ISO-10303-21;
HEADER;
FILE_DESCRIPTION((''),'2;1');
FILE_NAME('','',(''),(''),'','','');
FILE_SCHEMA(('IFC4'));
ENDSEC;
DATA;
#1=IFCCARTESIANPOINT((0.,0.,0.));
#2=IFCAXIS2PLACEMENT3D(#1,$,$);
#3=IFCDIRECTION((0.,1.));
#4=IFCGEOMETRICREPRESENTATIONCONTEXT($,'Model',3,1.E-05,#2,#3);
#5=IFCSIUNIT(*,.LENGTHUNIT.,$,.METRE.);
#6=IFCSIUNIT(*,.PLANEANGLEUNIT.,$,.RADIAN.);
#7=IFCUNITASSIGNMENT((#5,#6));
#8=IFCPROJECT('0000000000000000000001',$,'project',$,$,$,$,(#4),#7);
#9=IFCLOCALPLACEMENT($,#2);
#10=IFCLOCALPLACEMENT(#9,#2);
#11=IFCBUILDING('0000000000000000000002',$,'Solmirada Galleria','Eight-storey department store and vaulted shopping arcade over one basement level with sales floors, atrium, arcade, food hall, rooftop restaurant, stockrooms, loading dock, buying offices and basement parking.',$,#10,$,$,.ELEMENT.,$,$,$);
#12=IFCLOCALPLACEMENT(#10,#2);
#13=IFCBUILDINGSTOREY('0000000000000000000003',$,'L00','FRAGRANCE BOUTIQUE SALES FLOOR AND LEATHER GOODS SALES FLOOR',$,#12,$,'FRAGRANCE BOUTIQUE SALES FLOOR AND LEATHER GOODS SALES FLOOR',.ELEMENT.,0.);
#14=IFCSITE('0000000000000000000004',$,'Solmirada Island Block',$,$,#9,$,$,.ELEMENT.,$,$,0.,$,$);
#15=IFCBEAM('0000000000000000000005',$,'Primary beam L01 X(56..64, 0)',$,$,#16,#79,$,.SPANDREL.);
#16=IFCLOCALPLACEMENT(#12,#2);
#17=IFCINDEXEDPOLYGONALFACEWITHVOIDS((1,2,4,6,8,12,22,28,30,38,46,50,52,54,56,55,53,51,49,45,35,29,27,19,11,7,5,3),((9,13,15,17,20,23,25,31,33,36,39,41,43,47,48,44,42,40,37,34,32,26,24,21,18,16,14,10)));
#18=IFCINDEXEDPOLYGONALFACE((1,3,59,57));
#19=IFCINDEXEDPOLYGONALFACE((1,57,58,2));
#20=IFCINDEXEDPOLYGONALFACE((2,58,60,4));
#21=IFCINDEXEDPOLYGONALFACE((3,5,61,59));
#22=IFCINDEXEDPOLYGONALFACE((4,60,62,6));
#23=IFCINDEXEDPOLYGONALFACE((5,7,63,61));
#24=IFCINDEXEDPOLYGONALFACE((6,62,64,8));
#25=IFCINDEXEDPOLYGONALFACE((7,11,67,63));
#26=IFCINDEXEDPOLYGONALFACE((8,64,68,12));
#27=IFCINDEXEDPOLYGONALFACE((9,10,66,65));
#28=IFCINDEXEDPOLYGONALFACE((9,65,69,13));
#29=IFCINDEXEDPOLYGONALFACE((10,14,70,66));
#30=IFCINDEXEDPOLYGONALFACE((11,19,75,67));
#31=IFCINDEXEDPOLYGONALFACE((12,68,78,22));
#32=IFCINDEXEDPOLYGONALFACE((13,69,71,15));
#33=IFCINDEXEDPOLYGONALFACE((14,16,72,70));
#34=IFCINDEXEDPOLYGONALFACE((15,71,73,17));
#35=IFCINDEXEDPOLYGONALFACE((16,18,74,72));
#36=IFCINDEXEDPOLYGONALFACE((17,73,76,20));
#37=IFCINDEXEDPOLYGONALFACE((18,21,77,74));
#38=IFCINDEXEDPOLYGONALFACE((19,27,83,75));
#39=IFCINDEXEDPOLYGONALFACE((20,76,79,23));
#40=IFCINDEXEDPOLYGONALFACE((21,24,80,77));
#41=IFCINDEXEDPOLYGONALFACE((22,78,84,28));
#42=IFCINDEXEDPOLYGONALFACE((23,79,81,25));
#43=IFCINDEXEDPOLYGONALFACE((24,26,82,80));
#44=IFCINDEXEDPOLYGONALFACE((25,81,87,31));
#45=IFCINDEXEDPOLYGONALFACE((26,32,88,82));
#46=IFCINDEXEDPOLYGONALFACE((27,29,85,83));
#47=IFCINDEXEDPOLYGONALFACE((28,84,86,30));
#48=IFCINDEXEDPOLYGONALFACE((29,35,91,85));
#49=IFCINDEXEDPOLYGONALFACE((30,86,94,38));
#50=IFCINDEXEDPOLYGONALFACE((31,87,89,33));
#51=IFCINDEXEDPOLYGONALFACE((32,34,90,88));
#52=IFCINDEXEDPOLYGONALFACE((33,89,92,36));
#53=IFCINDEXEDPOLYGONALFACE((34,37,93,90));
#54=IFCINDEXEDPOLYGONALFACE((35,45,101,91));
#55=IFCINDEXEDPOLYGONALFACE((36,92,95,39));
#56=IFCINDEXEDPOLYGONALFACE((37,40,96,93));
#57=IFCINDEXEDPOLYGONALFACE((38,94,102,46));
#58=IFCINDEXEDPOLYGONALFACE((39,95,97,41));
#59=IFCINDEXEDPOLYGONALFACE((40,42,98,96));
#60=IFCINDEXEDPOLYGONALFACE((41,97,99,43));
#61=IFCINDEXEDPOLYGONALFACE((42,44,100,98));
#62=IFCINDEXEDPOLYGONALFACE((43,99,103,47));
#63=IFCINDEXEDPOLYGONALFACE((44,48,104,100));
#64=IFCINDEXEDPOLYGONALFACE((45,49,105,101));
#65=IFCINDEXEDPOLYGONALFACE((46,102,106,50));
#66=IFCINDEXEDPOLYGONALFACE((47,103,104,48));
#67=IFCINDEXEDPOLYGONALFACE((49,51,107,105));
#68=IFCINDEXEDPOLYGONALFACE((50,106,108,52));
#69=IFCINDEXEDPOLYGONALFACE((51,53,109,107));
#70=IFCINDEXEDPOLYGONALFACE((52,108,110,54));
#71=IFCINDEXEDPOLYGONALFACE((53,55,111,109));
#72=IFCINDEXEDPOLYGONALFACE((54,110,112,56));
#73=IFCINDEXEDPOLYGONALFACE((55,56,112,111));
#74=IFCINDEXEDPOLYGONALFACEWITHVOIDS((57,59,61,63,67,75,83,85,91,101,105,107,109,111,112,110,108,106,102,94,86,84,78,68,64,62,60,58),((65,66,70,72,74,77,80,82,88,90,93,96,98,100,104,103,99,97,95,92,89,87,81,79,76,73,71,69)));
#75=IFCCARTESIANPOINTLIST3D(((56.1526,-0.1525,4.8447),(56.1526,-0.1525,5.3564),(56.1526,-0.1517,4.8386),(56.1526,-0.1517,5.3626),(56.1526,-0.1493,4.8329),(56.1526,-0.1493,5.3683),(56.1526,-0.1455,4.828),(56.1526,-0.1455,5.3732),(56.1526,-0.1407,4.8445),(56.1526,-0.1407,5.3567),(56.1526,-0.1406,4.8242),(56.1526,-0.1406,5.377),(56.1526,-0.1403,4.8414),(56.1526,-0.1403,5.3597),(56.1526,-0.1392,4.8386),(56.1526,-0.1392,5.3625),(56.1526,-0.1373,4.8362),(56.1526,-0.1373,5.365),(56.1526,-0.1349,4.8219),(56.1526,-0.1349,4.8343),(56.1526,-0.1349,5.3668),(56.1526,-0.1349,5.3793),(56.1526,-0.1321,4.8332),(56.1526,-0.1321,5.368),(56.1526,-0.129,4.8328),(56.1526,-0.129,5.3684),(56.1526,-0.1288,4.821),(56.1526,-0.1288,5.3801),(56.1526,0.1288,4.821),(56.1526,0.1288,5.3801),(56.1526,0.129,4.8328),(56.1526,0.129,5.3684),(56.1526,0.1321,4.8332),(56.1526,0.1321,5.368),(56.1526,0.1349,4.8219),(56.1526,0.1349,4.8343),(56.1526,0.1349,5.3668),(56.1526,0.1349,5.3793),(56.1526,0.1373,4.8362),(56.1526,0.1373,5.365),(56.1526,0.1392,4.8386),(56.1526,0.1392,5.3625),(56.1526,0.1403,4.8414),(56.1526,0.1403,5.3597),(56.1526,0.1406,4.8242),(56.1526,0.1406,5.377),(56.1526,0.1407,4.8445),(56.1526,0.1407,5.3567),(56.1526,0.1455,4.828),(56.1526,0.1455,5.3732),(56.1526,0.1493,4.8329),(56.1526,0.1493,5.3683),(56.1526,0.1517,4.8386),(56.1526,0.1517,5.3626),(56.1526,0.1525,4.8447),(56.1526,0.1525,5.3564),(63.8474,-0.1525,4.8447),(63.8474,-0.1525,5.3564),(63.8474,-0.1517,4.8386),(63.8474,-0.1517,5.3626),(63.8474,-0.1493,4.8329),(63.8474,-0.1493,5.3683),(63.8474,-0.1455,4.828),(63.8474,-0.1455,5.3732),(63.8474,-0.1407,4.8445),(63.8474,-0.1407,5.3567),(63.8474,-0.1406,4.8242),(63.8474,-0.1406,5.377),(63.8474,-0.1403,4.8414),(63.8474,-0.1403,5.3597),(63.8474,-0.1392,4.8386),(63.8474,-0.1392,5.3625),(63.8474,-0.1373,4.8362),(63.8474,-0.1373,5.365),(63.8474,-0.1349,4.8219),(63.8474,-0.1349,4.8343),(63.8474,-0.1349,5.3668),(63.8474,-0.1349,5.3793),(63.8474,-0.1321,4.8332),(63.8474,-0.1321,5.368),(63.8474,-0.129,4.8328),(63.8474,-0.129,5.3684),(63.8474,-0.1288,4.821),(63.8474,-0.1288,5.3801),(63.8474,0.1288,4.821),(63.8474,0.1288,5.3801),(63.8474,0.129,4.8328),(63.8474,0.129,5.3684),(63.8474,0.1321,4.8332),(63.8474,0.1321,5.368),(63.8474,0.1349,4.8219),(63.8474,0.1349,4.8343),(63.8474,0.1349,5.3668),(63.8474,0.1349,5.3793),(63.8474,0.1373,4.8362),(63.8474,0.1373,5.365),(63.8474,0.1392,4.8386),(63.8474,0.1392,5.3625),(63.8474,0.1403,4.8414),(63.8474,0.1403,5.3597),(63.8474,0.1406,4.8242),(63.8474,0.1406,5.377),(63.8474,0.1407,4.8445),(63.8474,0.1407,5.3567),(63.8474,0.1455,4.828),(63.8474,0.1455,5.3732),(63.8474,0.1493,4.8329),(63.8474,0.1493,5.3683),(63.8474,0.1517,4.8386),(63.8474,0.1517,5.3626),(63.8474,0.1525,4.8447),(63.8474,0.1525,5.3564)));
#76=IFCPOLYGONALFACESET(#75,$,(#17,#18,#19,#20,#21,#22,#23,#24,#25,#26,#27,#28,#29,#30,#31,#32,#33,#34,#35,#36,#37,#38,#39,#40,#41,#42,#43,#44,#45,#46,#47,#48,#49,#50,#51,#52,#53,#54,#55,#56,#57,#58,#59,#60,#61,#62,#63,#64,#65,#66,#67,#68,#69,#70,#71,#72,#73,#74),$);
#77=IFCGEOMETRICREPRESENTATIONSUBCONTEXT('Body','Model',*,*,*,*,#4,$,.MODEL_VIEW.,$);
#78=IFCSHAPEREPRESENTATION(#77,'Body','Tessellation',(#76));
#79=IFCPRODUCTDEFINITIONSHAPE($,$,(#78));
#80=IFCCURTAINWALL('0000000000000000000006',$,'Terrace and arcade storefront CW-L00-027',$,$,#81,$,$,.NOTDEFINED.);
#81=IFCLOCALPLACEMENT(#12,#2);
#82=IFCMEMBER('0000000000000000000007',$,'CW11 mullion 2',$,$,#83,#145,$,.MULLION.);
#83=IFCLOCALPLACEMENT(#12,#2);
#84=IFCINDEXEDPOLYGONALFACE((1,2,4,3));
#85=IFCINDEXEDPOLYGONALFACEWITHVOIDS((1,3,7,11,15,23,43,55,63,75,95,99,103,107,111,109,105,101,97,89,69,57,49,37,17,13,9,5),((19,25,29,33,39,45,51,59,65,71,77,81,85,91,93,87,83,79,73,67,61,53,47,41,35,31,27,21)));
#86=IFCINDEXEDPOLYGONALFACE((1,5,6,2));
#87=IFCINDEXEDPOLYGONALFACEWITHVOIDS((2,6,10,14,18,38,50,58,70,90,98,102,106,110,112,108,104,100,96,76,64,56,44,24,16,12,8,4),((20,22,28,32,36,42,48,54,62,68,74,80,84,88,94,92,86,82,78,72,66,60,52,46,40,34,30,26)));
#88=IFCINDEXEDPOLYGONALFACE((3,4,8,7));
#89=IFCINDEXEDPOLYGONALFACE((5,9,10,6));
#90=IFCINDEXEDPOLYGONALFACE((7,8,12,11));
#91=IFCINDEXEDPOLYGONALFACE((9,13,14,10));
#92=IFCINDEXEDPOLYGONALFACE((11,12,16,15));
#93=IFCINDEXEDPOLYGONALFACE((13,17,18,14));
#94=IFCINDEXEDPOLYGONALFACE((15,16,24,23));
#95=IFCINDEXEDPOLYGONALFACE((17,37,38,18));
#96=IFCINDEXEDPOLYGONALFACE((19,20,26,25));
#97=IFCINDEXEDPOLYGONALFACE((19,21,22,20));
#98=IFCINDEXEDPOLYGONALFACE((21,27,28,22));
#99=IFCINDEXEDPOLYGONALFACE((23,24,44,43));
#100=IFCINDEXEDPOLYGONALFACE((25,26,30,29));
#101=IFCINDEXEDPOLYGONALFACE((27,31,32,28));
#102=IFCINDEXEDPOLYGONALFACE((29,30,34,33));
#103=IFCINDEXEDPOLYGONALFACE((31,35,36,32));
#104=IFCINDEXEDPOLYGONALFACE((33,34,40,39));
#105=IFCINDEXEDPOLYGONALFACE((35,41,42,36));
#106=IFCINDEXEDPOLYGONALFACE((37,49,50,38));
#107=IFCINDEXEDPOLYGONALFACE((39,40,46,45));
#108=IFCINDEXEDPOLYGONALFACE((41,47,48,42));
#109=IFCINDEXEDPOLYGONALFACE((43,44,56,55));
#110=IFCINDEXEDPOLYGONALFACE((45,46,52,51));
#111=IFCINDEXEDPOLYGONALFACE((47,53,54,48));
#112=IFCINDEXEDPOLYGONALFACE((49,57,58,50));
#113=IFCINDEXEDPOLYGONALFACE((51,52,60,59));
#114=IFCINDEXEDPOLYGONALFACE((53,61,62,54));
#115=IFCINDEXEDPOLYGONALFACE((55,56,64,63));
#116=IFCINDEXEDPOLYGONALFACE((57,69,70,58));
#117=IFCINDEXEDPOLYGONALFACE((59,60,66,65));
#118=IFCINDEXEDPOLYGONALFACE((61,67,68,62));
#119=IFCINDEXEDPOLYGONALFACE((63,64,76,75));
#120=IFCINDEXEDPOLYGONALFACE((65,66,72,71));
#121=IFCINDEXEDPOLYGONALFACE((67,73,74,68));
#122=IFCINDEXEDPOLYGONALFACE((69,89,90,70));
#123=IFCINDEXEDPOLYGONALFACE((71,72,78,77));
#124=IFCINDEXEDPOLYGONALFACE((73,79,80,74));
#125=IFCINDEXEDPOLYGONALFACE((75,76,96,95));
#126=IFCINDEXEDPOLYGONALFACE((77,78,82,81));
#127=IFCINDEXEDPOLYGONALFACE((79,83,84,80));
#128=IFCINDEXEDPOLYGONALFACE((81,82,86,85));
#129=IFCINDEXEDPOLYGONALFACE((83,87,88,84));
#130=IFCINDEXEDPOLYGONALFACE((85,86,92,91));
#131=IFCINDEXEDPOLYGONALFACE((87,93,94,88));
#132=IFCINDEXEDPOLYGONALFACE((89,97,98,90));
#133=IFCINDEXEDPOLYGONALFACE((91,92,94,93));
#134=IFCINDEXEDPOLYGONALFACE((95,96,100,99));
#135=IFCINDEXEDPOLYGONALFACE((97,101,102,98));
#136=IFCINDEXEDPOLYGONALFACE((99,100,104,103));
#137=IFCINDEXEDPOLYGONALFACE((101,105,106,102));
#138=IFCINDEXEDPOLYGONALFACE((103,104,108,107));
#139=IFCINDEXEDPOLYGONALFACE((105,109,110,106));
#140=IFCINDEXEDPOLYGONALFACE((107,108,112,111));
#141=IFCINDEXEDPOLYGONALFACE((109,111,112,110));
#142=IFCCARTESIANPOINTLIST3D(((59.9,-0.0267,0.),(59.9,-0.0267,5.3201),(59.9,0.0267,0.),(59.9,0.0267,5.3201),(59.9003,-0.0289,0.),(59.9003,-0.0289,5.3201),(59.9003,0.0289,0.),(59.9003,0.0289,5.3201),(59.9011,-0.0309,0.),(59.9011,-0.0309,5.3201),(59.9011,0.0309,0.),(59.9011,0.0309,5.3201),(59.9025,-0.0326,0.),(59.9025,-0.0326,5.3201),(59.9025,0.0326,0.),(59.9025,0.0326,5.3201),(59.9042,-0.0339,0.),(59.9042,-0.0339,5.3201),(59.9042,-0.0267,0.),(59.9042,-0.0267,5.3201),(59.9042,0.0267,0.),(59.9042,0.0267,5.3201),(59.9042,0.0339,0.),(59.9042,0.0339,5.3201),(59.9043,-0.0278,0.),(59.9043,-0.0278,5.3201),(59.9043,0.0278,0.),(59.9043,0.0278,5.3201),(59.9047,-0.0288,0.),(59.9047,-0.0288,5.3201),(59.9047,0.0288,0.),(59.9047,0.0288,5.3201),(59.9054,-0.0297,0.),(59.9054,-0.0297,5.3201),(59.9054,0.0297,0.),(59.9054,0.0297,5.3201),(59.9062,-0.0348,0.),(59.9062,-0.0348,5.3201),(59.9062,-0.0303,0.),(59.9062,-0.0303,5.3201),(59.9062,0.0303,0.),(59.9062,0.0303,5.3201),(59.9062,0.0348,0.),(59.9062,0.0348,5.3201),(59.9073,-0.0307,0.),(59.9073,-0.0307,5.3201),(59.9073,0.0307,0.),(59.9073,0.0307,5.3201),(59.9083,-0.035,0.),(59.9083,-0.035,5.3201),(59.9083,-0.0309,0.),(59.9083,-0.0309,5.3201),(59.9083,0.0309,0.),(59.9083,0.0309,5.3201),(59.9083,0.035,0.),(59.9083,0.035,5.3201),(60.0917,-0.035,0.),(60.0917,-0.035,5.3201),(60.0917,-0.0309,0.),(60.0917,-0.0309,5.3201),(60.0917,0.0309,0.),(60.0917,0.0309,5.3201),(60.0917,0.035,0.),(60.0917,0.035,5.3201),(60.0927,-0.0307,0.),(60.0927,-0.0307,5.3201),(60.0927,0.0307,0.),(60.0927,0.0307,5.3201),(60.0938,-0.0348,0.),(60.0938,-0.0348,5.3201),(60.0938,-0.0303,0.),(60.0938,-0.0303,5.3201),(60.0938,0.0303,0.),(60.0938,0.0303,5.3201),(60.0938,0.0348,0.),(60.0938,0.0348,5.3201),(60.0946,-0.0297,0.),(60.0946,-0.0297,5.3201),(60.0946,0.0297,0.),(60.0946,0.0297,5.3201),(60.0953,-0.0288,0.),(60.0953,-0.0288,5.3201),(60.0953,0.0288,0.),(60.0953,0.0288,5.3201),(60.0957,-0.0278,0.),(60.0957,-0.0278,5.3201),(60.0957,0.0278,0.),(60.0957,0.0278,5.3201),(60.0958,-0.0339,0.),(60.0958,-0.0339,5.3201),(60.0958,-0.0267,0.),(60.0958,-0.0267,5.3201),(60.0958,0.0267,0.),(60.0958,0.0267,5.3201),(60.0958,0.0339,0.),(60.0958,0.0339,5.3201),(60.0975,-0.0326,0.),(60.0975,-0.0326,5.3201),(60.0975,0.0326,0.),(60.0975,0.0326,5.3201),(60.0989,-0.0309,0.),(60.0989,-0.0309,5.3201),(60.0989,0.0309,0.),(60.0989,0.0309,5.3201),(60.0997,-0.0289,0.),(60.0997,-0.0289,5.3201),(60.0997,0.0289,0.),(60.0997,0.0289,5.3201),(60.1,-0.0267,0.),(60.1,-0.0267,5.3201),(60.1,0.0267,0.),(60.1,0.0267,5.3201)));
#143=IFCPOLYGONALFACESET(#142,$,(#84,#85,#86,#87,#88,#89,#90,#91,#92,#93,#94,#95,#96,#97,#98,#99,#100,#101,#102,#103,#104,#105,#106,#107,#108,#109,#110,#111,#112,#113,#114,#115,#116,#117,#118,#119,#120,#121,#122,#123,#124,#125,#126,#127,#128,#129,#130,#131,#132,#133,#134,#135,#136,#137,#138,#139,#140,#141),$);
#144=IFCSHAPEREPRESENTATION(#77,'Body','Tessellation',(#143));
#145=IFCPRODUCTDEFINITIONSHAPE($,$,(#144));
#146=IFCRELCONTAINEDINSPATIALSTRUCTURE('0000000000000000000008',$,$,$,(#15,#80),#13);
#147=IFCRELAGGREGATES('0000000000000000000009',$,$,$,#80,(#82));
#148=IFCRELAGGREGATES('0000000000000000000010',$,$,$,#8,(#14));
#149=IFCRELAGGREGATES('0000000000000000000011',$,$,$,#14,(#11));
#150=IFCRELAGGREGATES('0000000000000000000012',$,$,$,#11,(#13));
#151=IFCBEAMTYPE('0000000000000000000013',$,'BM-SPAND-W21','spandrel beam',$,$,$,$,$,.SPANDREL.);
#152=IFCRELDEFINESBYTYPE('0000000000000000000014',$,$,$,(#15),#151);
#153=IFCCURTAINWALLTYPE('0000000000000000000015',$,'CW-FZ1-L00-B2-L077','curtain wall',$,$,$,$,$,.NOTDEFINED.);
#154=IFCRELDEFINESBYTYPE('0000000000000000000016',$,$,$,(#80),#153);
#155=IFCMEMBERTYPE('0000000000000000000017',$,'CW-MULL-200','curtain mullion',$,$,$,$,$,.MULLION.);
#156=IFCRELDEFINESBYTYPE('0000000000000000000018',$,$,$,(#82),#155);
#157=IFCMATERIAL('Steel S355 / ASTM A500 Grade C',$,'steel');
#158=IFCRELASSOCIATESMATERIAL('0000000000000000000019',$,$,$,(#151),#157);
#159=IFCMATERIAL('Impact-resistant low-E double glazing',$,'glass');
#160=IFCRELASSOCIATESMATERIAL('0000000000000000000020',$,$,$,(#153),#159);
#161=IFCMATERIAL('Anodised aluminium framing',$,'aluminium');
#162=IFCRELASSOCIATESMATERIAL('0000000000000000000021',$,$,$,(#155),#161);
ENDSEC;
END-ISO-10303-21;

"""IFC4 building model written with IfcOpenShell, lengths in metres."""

from ifc_helpers import new_model, si_unit, direction, frame, origin, origin_2d, place, context, subcontext, project, spatial, hollow_rectangle, extrude, material, material_profile, profile_set, type_object, element, aggregate, save


model = new_model("IFC4")

# Units and contexts
model_context = context("Model", 3, precision=1e-05, world=origin(), true_north=direction((0.0, 1.0)))
body_context = subcontext(model_context, "Body", "Model", "MODEL_VIEW")
ifc_project = project(units=[si_unit("LENGTHUNIT", "METRE"), si_unit("PLANEANGLEUNIT", "RADIAN")], contexts=[model_context])

# Site, building, storey
site_placement = place(None, origin())
site = spatial("IfcSite", under=ifc_project, at=site_placement, Name="Solmirada Island Block", CompositionType="ELEMENT", RefElevation=0.0)
building_placement = place(site_placement, origin())
building = spatial("IfcBuilding", under=site, at=building_placement, Name="Solmirada Galleria", Description="Eight-storey department store and vaulted shopping arcade over one basement level with sales floors, atrium, arcade, food hall, rooftop restaurant, stockrooms, loading dock, buying offices and basement parking.", CompositionType="ELEMENT")
storey_placement = place(building_placement, origin())
storey = spatial("IfcBuildingStorey", under=building, at=storey_placement, Name="L00", Description="FRAGRANCE BOUTIQUE SALES FLOOR AND LEATHER GOODS SALES FLOOR", LongName="FRAGRANCE BOUTIQUE SALES FLOOR AND LEATHER GOODS SALES FLOOR", CompositionType="ELEMENT", Elevation=0.0)

# Shared definitions
ifc_material_1 = material(Name="Steel S355 / ASTM A500 Grade C", Category="steel")

# Beam
ifc_material_profile_1 = material_profile(ifc_material_1, hollow_rectangle(XDim=0.3049, YDim=0.5591, WallThickness=0.0117, InnerFilletRadius=0.0117, OuterFilletRadius=0.0237, at=origin_2d()), Name="HSS22X12X1/2")
ifc_profile_set_1 = profile_set([ifc_material_profile_1], Name="Steel S355 / ASTM A500 Grade C")
beam_type_1 = type_object("IfcBeamType", Name="BM-SPAND-W21", Description="spandrel beam", PredefinedType="SPANDREL", material=ifc_profile_set_1)
beam_1_placement = place(storey_placement, frame((56.1526, 0.0, 5.1006), z_axis=(1.0, 0.0, 0.0), x_axis=(0.0, 1.0, 0.0)))
element("IfcBeam", 1, at=beam_1_placement, inside=storey, type_object=beam_type_1, Name="Primary beam L01 X(56..64, 0)", PredefinedType="SPANDREL", context=body_context, shape_type="SweptSolid", body=[
    extrude(hollow_rectangle(XDim=0.3049, YDim=0.5591, WallThickness=0.0117, InnerFilletRadius=0.0117, OuterFilletRadius=0.0237, at=origin_2d()), origin(), (0.0, 0.0, 1.0), 7.6948),
])

# Curtain wall, member
ifc_material_2 = material(Name="Impact-resistant low-E double glazing", Category="glass")
curtain_wall_type = type_object("IfcCurtainWallType", Name="CW-FZ1-L00-B2-L077", Description="curtain wall", PredefinedType="NOTDEFINED", material=ifc_material_2)
curtain_wall_placement = place(storey_placement, origin())
curtain_wall = element("IfcCurtainWall", 2, at=curtain_wall_placement, inside=storey, type_object=curtain_wall_type, Name="Terrace and arcade storefront CW-L00-027", PredefinedType="NOTDEFINED")
ifc_material_3 = material(Name="Anodised aluminium framing", Category="aluminium")
ifc_material_profile_2 = material_profile(ifc_material_3, hollow_rectangle(XDim=0.0701, YDim=0.2, WallThickness=0.0042, InnerFilletRadius=0.0042, OuterFilletRadius=0.0083, at=origin_2d()), Name="ALU-MULL-200X70")
ifc_profile_set_2 = profile_set([ifc_material_profile_2], Name="Anodised aluminium framing")
member_type_1 = type_object("IfcMemberType", Name="CW-MULL-200", Description="curtain mullion", PredefinedType="MULLION", material=ifc_profile_set_2)
member_1_placement = place(storey_placement, frame((60.0, 0.0, 0.0), z_axis=(0.0, 0.0, 1.0), x_axis=(0.0, -1.0, 0.0)))
member_1 = element("IfcMember", 3, at=member_1_placement, type_object=member_type_1, Name="CW11 mullion 2", PredefinedType="MULLION", context=body_context, shape_type="SweptSolid", body=[
    extrude(hollow_rectangle(XDim=0.0701, YDim=0.2, WallThickness=0.0042, InnerFilletRadius=0.0042, OuterFilletRadius=0.0083, at=origin_2d()), origin(), (0.0, 0.0, 1.0), 5.3201),
])
aggregate(curtain_wall, [member_1])

save(model, "model.ifc")
